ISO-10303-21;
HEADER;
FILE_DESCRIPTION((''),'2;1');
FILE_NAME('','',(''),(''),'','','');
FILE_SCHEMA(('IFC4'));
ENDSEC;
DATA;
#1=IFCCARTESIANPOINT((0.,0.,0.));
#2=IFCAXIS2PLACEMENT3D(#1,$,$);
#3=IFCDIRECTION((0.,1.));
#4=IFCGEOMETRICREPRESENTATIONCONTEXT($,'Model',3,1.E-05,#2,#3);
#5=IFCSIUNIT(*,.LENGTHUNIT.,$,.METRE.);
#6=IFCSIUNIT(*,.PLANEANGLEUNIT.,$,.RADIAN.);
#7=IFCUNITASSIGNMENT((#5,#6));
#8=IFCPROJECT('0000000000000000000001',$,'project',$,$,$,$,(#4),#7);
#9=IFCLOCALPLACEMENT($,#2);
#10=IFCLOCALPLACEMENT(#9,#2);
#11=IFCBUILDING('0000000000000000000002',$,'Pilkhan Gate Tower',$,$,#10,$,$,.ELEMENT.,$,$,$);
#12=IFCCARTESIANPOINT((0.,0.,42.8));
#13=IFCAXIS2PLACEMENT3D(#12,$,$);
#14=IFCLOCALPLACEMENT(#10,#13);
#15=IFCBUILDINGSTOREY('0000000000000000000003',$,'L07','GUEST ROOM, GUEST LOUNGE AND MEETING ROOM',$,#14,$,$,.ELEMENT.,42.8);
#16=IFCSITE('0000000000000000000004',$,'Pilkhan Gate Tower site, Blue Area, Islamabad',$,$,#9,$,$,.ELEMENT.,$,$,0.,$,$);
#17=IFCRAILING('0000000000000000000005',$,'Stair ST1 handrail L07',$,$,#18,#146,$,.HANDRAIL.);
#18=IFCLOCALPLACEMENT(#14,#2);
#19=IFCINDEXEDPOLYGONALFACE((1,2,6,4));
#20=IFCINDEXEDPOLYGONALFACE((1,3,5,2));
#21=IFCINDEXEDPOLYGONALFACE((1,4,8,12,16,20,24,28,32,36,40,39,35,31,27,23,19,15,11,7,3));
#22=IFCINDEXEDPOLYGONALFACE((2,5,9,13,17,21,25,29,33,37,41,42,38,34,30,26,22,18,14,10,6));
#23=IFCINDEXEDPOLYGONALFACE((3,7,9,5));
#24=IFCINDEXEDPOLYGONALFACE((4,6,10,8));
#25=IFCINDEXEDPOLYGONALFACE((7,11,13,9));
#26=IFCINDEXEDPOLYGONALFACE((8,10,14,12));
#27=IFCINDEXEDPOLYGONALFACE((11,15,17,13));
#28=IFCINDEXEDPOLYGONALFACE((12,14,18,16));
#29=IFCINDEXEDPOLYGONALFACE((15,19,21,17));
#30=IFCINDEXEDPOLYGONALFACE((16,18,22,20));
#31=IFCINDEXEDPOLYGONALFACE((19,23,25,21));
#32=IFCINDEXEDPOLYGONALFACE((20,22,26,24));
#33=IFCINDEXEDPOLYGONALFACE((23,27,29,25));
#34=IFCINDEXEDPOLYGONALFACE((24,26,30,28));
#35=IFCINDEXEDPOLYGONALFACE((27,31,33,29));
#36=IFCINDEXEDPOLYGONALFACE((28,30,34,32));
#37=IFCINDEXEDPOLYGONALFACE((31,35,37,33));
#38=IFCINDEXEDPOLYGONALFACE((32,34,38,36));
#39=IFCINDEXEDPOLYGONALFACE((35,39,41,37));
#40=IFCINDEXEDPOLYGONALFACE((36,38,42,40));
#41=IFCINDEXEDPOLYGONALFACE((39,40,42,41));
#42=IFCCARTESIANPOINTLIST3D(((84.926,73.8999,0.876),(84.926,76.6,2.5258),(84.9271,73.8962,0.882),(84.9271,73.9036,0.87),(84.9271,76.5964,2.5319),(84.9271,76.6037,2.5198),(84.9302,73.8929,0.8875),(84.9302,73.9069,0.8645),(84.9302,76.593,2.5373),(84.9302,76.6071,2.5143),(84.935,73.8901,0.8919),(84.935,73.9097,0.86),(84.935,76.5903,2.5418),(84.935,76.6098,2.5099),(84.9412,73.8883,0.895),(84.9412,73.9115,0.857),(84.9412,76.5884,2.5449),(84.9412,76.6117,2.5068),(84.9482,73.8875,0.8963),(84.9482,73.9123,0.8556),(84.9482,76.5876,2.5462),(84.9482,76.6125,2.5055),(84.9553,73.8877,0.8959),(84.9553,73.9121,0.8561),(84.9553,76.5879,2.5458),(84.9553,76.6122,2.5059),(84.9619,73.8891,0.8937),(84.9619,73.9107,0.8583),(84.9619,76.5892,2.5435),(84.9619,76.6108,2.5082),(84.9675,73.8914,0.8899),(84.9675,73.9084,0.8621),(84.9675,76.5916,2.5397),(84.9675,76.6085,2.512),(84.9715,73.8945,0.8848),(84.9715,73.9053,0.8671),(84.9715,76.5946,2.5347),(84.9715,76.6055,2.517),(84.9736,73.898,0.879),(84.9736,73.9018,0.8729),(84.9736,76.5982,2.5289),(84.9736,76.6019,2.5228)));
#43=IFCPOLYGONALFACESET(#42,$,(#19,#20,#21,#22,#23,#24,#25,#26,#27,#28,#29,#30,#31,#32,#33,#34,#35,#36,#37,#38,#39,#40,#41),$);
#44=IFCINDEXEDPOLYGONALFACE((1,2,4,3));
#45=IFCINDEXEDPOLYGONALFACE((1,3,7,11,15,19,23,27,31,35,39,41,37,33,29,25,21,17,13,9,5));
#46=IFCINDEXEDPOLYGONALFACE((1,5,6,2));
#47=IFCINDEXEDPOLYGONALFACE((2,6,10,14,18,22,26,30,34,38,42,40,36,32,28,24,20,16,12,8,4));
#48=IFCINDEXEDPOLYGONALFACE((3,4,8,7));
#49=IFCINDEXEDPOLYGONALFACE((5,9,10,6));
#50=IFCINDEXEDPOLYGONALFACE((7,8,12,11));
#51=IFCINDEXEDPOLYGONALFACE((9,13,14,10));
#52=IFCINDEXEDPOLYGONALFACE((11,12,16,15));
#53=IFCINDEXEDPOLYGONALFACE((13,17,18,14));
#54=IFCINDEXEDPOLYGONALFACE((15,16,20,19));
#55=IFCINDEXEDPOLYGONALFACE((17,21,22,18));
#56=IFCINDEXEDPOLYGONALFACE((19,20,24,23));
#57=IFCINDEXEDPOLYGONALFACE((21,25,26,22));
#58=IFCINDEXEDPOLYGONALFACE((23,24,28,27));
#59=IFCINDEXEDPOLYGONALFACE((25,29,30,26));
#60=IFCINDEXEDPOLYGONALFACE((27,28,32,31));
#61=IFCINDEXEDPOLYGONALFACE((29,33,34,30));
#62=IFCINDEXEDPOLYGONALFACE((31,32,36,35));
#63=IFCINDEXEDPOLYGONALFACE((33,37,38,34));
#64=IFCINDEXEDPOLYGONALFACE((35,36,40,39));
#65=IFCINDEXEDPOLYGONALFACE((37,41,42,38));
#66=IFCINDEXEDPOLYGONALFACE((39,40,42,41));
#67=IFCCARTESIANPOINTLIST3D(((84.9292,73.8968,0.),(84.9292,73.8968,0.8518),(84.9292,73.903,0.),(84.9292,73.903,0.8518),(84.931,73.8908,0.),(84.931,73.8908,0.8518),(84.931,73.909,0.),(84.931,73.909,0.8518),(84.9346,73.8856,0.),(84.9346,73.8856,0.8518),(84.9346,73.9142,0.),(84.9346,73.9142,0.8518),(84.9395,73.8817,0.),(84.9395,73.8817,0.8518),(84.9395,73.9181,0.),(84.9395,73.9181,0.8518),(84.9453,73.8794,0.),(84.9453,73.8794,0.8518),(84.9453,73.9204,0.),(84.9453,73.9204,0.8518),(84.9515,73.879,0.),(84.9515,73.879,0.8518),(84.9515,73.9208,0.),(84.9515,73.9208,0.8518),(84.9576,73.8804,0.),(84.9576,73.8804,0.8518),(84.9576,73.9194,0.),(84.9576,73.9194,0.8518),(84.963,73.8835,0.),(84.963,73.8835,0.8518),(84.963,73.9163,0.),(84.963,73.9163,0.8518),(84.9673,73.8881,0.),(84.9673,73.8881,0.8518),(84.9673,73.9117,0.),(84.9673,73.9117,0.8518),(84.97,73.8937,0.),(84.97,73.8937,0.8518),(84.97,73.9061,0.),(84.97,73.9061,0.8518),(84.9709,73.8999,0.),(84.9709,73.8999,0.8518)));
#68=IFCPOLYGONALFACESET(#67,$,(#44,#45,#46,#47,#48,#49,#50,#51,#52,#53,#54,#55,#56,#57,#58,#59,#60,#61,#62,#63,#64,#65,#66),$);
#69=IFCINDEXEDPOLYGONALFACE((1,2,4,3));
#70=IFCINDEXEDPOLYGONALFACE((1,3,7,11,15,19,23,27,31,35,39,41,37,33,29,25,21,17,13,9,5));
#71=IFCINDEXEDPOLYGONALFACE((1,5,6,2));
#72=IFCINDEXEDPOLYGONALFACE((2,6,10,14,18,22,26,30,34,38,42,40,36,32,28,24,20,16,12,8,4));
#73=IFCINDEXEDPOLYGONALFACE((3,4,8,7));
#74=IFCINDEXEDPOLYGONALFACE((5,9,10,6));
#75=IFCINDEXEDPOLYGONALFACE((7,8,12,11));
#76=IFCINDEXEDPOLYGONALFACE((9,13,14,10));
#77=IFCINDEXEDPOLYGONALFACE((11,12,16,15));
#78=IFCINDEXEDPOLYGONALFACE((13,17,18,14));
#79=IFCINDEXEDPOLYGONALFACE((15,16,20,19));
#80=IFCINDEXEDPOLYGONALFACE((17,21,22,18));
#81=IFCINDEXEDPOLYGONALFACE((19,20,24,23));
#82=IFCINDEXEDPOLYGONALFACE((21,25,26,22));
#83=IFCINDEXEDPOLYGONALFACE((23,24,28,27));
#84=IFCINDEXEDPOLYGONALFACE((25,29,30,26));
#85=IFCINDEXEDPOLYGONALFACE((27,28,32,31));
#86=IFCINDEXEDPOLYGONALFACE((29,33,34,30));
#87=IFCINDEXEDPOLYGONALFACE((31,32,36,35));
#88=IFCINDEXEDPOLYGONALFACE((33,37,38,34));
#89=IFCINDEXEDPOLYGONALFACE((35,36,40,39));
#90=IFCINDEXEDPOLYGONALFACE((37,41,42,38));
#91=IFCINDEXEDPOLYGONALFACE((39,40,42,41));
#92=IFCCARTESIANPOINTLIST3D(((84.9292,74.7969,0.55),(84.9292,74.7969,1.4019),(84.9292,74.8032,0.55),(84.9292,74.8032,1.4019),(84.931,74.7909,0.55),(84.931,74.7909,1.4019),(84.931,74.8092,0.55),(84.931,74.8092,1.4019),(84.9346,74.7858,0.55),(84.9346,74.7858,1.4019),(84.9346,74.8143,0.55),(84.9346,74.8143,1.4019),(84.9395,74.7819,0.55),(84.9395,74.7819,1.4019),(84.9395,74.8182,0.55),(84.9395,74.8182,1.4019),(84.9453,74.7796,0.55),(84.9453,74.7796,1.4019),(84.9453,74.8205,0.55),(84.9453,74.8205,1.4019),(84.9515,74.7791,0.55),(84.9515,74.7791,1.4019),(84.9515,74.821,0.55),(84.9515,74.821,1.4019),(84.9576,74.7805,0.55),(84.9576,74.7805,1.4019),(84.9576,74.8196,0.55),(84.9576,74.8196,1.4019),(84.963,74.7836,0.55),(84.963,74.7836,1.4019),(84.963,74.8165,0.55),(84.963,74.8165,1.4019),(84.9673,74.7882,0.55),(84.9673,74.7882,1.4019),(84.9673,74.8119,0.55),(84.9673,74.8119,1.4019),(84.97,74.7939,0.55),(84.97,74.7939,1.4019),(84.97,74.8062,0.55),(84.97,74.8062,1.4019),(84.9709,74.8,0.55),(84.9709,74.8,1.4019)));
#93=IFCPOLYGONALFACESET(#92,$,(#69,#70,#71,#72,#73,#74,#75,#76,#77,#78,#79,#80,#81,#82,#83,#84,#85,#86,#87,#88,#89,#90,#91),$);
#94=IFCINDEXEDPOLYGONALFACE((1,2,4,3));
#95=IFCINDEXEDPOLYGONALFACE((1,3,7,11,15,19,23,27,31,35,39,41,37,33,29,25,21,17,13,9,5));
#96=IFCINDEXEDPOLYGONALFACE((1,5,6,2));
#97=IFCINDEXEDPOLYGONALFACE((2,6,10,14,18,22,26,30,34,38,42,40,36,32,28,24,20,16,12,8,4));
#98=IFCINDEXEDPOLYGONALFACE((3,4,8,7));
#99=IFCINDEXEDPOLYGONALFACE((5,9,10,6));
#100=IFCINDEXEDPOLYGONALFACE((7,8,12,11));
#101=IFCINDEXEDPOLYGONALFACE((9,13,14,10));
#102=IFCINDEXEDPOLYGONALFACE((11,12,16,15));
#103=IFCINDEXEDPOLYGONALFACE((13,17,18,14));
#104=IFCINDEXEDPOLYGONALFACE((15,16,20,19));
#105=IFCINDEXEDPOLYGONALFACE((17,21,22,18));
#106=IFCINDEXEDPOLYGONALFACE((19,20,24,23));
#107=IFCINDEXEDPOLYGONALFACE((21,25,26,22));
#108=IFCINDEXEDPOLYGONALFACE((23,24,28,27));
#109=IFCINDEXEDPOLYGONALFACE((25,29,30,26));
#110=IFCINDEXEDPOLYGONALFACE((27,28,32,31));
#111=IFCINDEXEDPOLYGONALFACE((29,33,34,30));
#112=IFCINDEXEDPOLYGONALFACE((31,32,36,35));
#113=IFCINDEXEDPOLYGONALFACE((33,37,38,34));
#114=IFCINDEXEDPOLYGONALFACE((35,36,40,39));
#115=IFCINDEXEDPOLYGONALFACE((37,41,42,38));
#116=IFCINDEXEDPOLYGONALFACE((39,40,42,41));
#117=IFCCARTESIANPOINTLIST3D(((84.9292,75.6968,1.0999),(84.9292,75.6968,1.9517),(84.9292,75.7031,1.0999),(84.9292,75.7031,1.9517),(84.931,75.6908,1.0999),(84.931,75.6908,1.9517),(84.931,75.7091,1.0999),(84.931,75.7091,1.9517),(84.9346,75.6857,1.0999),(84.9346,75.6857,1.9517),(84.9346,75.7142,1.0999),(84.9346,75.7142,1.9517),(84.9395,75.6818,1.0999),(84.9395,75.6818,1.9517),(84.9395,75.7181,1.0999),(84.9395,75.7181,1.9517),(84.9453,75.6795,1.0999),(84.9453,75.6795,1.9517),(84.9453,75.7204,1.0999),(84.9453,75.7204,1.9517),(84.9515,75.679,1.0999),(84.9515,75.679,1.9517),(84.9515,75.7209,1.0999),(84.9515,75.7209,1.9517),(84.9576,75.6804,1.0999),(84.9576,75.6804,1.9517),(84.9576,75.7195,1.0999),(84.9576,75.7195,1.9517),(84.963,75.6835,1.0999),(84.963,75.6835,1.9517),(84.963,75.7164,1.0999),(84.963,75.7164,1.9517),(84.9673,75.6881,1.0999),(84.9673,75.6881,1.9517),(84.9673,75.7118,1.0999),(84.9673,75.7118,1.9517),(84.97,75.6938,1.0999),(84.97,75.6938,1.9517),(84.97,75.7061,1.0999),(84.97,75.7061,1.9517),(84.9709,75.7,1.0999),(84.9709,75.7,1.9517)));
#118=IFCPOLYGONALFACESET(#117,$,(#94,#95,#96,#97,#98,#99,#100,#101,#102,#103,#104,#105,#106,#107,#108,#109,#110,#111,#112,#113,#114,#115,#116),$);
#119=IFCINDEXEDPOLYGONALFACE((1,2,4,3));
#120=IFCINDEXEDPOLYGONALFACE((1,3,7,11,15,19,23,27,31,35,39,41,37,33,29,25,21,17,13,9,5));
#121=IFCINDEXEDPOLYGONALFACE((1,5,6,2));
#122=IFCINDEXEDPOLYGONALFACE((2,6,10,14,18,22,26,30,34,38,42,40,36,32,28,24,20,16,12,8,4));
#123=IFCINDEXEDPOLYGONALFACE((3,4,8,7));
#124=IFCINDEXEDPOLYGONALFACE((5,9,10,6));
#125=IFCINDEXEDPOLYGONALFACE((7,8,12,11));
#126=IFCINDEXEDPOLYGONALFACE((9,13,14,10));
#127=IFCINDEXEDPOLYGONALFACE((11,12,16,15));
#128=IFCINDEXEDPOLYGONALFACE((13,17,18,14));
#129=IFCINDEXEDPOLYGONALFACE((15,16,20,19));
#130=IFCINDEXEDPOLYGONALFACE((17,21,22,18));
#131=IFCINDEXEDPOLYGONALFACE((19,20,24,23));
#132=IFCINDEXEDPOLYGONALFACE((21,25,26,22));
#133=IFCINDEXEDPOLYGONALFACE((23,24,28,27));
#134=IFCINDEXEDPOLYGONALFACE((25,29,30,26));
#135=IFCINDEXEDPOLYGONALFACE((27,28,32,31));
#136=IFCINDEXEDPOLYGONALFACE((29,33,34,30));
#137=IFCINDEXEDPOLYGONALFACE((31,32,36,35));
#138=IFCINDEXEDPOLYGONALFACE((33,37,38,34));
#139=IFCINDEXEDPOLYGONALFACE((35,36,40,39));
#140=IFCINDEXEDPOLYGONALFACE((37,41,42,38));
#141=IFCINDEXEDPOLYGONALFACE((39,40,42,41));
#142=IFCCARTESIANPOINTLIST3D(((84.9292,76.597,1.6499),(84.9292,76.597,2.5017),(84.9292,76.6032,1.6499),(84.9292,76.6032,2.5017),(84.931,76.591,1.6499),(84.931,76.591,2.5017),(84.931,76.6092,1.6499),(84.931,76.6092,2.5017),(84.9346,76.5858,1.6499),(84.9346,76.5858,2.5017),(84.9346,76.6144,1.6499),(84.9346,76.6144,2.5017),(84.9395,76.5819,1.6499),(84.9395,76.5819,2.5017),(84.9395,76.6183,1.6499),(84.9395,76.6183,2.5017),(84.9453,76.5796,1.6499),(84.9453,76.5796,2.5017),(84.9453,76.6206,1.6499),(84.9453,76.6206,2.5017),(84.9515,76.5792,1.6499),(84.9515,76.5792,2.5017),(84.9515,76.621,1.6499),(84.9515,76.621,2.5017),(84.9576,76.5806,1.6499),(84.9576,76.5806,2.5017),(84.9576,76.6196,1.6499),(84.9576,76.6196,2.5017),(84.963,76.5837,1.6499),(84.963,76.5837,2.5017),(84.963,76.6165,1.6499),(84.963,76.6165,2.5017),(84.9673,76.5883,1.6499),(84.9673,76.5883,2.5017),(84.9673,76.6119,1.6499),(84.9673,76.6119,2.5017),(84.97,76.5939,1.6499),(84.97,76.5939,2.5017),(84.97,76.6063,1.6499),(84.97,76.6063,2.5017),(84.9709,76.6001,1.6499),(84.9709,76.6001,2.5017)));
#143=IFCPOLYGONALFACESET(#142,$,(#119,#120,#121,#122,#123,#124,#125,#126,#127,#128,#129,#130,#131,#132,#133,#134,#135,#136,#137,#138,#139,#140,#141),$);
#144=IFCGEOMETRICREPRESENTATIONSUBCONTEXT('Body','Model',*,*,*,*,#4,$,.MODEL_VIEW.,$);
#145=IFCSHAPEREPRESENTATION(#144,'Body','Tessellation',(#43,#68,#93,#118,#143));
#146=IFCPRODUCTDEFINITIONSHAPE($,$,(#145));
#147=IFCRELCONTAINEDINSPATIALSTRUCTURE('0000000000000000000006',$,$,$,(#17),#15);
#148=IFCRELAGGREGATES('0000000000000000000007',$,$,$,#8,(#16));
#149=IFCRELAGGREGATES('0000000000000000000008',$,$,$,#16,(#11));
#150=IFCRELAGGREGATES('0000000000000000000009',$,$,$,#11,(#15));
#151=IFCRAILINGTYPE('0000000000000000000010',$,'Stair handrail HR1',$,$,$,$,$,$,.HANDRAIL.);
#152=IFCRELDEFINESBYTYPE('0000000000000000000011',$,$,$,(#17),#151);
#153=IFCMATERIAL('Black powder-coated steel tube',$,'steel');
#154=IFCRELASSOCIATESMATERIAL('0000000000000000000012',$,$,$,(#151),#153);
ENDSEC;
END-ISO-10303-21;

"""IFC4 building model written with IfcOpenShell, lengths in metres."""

from ifc_helpers import new_model, si_unit, direction, frame, origin, origin_2d, place, context, subcontext, project, spatial, circle, extrude, material, type_object, element, save


model = new_model("IFC4")

# Units and contexts
model_context = context("Model", 3, precision=1e-05, world=origin(), true_north=direction((0.0, 1.0)))
body_context = subcontext(model_context, "Body", "Model", "MODEL_VIEW")
ifc_project = project(units=[si_unit("LENGTHUNIT", "METRE"), si_unit("PLANEANGLEUNIT", "RADIAN")], contexts=[model_context])

# Site, building, storey
site_placement = place(None, origin())
site = spatial("IfcSite", under=ifc_project, at=site_placement, Name="Pilkhan Gate Tower site, Blue Area, Islamabad", CompositionType="ELEMENT", RefElevation=0.0)
building_placement = place(site_placement, origin())
building = spatial("IfcBuilding", under=site, at=building_placement, Name="Pilkhan Gate Tower", CompositionType="ELEMENT")
storey_placement = place(building_placement, frame((0.0, 0.0, 42.8)))
storey = spatial("IfcBuildingStorey", under=building, at=storey_placement, Name="L07", Description="GUEST ROOM, GUEST LOUNGE AND MEETING ROOM", CompositionType="ELEMENT", Elevation=42.8)

# Railing
ifc_material_1 = material(Name="Black powder-coated steel tube", Category="steel")
railing_type_1 = type_object("IfcRailingType", Name="Stair handrail HR1", PredefinedType="HANDRAIL", material=ifc_material_1)
railing_1_placement = place(storey_placement, frame((84.95, 73.8999, 0.0)))
element("IfcRailing", 1, at=railing_1_placement, inside=storey, type_object=railing_type_1, Name="Stair ST1 handrail L07", PredefinedType="HANDRAIL", context=body_context, shape_type="SweptSolid", body=[
    extrude(circle(Radius=0.0239, at=origin_2d()), frame((0.0, 0.0, 0.876), z_axis=(0.0, 0.853312, 0.5214), x_axis=(-1.0, 0.0, 0.0)), (0.0, 0.0, 1.0), 3.1643),
    extrude(circle(Radius=0.021, at=origin_2d()), origin(), (0.0, 0.0, 1.0), 0.8518),
    extrude(circle(Radius=0.021, at=origin_2d()), frame((0.0, 0.9001, 0.55)), (0.0, 0.0, 1.0), 0.8518),
    extrude(circle(Radius=0.021, at=origin_2d()), frame((0.0, 1.8, 1.0999)), (0.0, 0.0, 1.0), 0.8518),
    extrude(circle(Radius=0.021, at=origin_2d()), frame((0.0, 2.7002, 1.6499)), (0.0, 0.0, 1.0), 0.8518),
])

save(model, "model.ifc")
